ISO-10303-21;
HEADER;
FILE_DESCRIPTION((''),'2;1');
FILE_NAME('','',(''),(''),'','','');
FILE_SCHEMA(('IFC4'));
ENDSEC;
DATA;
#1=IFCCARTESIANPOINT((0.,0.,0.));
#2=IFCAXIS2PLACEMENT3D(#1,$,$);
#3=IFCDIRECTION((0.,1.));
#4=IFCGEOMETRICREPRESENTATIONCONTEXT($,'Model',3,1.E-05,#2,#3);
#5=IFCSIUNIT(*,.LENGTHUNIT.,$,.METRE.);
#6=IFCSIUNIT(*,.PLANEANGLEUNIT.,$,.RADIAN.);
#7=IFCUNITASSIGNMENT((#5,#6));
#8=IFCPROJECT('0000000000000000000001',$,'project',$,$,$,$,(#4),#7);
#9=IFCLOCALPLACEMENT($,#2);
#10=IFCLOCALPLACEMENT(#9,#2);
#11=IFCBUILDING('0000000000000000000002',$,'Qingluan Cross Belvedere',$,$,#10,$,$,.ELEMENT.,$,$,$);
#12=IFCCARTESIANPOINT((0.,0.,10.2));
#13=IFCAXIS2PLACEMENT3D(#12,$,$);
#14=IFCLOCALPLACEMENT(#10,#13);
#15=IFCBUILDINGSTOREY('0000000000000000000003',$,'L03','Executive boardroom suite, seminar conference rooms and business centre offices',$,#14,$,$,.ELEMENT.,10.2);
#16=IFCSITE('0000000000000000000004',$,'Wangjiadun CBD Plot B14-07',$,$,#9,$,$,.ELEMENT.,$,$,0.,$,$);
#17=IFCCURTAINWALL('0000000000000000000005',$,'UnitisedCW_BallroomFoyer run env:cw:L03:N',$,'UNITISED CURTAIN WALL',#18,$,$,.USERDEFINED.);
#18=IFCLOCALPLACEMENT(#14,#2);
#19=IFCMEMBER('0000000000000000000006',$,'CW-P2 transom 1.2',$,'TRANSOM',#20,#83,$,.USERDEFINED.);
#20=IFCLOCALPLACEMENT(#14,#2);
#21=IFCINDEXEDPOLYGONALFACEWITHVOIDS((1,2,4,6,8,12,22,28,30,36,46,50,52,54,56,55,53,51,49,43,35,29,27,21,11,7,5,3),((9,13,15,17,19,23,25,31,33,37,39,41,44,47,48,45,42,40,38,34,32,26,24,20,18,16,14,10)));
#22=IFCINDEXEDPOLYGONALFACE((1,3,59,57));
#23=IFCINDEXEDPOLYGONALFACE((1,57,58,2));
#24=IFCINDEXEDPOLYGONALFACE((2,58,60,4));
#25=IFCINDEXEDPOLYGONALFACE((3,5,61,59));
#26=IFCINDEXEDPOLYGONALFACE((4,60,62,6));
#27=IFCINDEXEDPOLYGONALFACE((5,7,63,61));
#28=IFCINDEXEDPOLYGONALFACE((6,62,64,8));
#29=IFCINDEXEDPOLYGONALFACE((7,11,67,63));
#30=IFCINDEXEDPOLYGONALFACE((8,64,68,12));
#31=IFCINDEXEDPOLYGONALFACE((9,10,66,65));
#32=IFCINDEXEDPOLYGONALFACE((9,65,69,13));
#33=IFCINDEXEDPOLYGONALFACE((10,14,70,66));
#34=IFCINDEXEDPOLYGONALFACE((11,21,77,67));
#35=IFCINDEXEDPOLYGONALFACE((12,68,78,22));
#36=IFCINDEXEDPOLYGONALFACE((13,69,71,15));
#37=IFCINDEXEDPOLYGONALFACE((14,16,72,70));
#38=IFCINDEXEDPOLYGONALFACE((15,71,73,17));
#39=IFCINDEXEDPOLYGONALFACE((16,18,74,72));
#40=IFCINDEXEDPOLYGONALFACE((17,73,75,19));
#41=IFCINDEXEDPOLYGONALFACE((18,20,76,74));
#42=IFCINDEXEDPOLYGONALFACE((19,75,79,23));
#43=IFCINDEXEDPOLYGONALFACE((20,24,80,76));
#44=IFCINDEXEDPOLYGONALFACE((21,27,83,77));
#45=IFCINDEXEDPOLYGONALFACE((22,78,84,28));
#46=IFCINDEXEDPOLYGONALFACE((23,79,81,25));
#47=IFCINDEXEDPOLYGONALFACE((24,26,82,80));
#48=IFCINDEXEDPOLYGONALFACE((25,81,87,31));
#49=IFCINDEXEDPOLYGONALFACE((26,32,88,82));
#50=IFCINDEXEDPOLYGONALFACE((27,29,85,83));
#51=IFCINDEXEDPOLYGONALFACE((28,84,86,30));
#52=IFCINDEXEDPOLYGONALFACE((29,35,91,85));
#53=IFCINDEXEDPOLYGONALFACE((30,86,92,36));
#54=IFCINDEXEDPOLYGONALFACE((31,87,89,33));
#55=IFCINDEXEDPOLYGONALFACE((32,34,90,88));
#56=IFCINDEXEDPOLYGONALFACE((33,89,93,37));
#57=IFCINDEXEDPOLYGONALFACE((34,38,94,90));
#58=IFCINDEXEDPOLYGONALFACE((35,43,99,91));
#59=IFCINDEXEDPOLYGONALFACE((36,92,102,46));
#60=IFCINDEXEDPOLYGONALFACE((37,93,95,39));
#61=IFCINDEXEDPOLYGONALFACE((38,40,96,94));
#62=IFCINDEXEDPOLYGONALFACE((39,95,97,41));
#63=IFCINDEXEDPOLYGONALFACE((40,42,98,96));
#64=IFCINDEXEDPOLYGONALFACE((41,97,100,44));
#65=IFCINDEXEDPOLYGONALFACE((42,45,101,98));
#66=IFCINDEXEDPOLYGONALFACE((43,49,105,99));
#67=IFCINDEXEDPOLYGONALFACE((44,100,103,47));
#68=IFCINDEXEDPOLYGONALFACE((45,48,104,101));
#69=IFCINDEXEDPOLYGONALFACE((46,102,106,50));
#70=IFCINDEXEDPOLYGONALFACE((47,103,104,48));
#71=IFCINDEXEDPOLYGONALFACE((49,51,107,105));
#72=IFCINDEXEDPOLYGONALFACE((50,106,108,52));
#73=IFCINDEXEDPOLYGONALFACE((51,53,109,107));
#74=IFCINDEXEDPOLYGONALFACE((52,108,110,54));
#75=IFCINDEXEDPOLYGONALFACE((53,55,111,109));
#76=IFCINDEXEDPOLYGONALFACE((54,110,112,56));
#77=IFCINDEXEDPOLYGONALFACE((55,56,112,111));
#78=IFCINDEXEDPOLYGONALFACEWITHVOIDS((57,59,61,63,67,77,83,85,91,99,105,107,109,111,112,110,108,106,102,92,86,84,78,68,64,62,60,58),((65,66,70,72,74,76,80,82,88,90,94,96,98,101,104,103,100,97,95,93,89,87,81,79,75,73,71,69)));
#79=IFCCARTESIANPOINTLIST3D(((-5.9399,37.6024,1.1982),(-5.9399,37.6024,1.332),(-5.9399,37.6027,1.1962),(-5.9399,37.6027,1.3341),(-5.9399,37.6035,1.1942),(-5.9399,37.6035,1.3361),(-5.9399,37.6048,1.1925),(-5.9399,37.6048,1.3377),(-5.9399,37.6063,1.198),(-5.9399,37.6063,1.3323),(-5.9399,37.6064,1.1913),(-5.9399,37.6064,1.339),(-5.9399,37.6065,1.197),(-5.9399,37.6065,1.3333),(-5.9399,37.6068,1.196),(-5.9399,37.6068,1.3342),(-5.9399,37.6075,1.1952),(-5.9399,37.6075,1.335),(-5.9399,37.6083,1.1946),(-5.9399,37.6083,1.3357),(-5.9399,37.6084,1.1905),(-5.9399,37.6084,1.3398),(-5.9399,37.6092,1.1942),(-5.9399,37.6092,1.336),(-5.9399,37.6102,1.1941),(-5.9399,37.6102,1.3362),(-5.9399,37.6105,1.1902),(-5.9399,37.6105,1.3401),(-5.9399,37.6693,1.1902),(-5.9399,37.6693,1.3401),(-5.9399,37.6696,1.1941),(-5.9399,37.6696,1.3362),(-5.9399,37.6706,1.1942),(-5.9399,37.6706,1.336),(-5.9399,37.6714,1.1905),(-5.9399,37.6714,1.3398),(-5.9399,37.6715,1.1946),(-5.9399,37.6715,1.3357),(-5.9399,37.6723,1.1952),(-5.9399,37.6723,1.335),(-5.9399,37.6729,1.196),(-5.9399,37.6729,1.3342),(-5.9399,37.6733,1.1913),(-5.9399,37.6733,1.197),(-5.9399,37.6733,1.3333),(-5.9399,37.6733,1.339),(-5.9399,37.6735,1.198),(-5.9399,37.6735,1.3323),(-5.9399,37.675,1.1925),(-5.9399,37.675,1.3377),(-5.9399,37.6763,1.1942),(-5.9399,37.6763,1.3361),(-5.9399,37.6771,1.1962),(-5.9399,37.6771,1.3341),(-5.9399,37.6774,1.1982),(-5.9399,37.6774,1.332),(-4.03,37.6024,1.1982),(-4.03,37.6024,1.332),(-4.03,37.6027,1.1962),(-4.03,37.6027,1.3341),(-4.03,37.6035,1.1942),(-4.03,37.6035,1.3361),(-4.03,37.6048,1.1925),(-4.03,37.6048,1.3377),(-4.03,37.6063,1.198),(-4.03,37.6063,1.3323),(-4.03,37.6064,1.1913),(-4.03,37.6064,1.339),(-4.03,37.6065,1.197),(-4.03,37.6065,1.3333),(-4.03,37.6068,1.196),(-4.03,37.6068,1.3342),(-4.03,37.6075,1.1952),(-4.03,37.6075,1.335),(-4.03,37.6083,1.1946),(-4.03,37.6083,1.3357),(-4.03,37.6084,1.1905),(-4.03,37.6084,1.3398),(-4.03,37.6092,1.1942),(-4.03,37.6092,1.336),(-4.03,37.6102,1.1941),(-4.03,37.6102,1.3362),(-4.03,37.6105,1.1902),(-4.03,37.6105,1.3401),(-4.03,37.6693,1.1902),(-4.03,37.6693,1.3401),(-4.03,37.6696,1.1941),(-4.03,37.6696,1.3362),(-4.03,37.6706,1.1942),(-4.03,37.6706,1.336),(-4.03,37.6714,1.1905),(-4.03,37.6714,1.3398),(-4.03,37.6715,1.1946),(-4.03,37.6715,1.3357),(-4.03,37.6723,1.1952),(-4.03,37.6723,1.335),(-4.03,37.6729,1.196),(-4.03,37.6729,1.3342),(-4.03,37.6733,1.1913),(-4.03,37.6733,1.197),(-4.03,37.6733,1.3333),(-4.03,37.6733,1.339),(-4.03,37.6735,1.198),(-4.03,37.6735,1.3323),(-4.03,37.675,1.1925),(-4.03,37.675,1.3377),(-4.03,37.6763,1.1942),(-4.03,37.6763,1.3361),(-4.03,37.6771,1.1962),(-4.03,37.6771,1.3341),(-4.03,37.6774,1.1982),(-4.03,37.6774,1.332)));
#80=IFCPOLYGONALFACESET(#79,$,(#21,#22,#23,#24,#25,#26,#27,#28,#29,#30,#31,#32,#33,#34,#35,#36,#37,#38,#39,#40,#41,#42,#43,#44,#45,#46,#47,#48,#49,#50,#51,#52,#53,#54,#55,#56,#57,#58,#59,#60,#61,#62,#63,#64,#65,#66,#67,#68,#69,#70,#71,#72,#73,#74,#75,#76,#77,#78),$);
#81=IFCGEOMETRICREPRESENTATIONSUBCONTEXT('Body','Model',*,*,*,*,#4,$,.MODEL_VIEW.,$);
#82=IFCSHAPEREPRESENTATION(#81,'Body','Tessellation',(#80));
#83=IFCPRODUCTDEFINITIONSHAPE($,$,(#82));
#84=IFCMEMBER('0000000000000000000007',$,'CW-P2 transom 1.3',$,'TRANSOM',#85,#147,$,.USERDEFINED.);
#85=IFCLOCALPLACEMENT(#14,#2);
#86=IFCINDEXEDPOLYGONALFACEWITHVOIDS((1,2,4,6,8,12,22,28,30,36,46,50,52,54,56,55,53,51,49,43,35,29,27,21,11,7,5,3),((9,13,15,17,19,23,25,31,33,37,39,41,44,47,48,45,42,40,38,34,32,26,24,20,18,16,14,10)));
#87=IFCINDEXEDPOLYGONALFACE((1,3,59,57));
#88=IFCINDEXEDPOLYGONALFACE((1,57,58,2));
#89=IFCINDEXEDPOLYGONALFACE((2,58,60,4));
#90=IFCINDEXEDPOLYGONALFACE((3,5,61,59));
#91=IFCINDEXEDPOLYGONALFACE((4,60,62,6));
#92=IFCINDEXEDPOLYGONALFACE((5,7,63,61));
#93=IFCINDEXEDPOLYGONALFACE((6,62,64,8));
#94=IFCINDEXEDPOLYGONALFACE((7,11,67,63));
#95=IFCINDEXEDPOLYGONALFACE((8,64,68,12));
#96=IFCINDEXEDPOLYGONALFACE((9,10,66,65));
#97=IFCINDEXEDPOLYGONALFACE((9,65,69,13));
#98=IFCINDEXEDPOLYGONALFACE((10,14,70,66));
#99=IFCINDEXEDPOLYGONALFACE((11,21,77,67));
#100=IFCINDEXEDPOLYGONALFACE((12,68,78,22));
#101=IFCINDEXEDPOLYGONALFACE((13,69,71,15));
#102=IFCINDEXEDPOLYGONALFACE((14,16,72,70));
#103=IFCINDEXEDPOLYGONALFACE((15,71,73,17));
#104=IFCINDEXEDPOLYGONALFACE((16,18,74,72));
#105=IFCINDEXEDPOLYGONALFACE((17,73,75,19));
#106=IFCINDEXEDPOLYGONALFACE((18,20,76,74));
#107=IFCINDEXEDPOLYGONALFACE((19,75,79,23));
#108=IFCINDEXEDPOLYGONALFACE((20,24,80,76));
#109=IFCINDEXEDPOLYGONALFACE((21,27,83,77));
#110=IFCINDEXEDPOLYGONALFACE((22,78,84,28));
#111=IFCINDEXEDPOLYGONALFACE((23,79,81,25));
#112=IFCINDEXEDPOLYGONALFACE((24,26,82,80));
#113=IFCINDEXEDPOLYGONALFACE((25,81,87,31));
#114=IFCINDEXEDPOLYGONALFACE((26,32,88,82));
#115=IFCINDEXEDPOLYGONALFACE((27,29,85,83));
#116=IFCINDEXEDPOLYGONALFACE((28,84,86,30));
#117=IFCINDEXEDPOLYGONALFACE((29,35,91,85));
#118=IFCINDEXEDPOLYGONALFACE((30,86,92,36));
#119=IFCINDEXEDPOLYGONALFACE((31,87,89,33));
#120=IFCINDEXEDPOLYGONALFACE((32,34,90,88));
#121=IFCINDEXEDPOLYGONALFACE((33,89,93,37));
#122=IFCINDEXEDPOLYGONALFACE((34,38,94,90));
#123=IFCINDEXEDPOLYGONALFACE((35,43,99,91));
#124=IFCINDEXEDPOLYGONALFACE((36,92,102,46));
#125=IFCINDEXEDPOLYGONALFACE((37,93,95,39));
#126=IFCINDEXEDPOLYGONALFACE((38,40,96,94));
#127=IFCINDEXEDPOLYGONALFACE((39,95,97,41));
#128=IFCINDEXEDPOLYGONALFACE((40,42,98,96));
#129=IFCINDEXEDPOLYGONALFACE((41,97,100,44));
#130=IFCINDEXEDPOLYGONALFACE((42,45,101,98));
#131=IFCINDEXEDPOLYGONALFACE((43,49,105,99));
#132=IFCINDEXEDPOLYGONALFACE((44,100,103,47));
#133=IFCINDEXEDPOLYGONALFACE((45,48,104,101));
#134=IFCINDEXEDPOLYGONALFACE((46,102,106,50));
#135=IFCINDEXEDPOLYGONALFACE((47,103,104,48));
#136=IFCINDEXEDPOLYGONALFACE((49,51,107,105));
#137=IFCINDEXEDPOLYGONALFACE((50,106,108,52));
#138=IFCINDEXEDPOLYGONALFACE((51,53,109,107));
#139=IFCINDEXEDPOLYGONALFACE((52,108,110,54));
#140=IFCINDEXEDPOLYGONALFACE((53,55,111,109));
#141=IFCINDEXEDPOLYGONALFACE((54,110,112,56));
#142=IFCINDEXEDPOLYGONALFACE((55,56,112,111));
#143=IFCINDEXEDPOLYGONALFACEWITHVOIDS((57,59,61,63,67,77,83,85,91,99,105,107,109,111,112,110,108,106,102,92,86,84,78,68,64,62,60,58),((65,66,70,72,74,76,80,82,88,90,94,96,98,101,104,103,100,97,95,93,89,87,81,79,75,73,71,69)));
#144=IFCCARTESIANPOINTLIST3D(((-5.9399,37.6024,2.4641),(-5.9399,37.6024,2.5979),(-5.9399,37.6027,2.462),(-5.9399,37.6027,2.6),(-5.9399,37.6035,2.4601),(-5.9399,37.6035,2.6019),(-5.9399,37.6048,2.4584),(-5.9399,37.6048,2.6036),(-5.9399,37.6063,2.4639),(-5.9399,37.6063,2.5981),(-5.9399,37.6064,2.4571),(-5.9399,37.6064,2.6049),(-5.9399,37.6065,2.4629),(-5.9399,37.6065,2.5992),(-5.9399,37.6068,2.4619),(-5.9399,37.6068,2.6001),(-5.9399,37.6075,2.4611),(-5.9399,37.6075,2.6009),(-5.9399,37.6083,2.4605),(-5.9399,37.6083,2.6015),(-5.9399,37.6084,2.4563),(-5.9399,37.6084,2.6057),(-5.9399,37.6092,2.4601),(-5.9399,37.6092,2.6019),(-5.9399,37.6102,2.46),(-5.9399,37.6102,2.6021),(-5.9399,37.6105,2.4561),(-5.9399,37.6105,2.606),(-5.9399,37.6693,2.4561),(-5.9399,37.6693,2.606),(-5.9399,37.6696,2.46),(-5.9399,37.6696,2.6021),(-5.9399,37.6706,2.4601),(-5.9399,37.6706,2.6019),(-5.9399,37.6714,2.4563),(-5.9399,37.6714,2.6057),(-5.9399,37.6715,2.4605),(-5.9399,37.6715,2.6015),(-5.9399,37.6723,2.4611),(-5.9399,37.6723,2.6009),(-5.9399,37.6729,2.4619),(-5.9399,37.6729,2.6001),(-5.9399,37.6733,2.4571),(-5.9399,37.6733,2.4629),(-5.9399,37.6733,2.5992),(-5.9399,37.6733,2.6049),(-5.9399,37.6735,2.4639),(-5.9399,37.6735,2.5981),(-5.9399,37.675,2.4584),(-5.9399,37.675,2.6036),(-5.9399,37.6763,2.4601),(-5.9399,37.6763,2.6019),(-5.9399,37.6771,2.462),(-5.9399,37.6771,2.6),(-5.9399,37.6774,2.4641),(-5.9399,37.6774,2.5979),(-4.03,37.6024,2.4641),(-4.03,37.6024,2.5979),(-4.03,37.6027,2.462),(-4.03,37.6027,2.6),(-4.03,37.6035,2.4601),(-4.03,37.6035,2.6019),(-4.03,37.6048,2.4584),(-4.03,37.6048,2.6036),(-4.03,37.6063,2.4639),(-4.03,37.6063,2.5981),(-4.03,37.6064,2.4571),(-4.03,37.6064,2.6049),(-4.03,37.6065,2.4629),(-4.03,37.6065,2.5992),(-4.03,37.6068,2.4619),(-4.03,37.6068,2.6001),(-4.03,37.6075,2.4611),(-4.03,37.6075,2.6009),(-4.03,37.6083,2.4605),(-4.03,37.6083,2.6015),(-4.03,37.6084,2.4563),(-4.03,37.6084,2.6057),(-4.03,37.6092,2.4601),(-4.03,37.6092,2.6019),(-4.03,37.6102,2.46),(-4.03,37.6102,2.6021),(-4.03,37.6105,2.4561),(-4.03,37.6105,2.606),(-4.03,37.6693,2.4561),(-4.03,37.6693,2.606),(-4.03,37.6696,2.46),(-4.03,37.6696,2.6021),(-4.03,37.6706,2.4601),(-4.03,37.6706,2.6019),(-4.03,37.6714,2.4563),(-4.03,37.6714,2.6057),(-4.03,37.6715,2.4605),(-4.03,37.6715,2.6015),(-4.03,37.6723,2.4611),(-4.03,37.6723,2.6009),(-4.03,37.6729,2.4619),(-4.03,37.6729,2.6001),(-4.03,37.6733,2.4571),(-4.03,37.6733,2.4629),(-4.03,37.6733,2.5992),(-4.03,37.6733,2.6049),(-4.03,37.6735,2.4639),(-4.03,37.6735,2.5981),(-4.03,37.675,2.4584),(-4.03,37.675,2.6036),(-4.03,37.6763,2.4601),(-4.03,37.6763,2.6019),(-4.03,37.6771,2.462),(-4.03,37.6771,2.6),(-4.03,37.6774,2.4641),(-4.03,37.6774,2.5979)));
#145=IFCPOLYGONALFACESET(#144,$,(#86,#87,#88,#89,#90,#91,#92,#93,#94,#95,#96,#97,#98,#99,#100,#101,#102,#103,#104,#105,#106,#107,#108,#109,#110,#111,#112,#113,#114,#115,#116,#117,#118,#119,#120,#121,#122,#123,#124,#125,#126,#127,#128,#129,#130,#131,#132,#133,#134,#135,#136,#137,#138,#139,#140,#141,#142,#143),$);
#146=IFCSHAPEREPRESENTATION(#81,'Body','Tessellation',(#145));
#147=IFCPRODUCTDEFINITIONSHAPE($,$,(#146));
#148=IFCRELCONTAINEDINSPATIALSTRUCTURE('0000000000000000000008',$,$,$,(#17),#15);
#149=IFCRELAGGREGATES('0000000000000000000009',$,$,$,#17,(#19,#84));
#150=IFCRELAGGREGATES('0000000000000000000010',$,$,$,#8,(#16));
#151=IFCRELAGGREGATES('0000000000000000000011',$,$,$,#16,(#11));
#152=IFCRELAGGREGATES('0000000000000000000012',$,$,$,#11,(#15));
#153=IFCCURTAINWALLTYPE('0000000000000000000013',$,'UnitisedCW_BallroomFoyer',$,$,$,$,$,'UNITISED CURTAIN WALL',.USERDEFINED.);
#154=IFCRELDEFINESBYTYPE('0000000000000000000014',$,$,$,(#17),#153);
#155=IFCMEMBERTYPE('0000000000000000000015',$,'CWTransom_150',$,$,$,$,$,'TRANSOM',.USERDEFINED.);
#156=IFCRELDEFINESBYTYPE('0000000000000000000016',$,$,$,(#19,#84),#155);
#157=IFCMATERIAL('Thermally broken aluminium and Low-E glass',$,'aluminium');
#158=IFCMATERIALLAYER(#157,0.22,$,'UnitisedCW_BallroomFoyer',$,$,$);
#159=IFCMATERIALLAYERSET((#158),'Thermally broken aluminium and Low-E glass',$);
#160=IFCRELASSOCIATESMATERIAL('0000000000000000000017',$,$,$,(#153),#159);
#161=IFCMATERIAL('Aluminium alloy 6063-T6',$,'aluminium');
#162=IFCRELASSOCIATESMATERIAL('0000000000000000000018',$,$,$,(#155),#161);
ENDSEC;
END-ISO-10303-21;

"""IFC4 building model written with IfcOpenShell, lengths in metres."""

from ifc_helpers import new_model, si_unit, direction, frame, origin, origin_2d, place, context, subcontext, project, spatial, hollow_rectangle, extrude, material, layer, layer_set, material_profile, profile_set, type_object, element, aggregate, save


model = new_model("IFC4")

# Units and contexts
model_context = context("Model", 3, precision=1e-05, world=origin(), true_north=direction((0.0, 1.0)))
body_context = subcontext(model_context, "Body", "Model", "MODEL_VIEW")
ifc_project = project(units=[si_unit("LENGTHUNIT", "METRE"), si_unit("PLANEANGLEUNIT", "RADIAN")], contexts=[model_context])

# Site, building, storey
site_placement = place(None, origin())
site = spatial("IfcSite", under=ifc_project, at=site_placement, Name="Wangjiadun CBD Plot B14-07", CompositionType="ELEMENT", RefElevation=0.0)
building_placement = place(site_placement, origin())
building = spatial("IfcBuilding", under=site, at=building_placement, Name="Qingluan Cross Belvedere", CompositionType="ELEMENT")
storey_placement = place(building_placement, frame((0.0, 0.0, 10.2)))
storey = spatial("IfcBuildingStorey", under=building, at=storey_placement, Name="L03", Description="Executive boardroom suite, seminar conference rooms and business centre offices", CompositionType="ELEMENT", Elevation=10.2)

# Curtain wall, members
ifc_material_1 = material(Name="Thermally broken aluminium and Low-E glass", Category="aluminium")
ifc_layer_1 = layer(ifc_material_1, 0.22, Name="UnitisedCW_BallroomFoyer")
ifc_layer_set_1 = layer_set([ifc_layer_1], Name="Thermally broken aluminium and Low-E glass")
curtain_wall_type = type_object("IfcCurtainWallType", Name="UnitisedCW_BallroomFoyer", ElementType="UNITISED CURTAIN WALL", PredefinedType="USERDEFINED", material=ifc_layer_set_1)
curtain_wall_placement = place(storey_placement, origin())
curtain_wall = element("IfcCurtainWall", 1, at=curtain_wall_placement, inside=storey, type_object=curtain_wall_type, Name="UnitisedCW_BallroomFoyer run env:cw:L03:N", ObjectType="UNITISED CURTAIN WALL", PredefinedType="USERDEFINED")
ifc_material_2 = material(Name="Aluminium alloy 6063-T6", Category="aluminium")
ifc_material_profile_1 = material_profile(ifc_material_2, hollow_rectangle(XDim=0.075, YDim=0.1499, WallThickness=0.0039, InnerFilletRadius=0.0039, OuterFilletRadius=0.0081, at=origin_2d()), Name="CWT150x75x4")
ifc_profile_set_1 = profile_set([ifc_material_profile_1], Name="Aluminium alloy 6063-T6")
member_type_1 = type_object("IfcMemberType", Name="CWTransom_150", ElementType="TRANSOM", PredefinedType="USERDEFINED", material=ifc_profile_set_1)
member_1_placement = place(storey_placement, frame((-5.9399, 37.6399, 1.2651), z_axis=(1.0, 0.0, 0.0), x_axis=(0.0, 1.0, 0.0)))
member_1 = element("IfcMember", 2, at=member_1_placement, type_object=member_type_1, Name="CW-P2 transom 1.2", ObjectType="TRANSOM", PredefinedType="USERDEFINED", context=body_context, shape_type="SweptSolid", body=[
    extrude(hollow_rectangle(XDim=0.075, YDim=0.1499, WallThickness=0.0039, InnerFilletRadius=0.0039, OuterFilletRadius=0.0081, at=origin_2d()), origin(), (0.0, 0.0, 1.0), 1.9099),
])
member_2_placement = place(storey_placement, frame((-5.9399, 37.6399, 2.531), z_axis=(1.0, 0.0, 0.0), x_axis=(0.0, 1.0, 0.0)))
member_2 = element("IfcMember", 3, at=member_2_placement, type_object=member_type_1, Name="CW-P2 transom 1.3", ObjectType="TRANSOM", PredefinedType="USERDEFINED", context=body_context, shape_type="SweptSolid", body=[
    extrude(hollow_rectangle(XDim=0.075, YDim=0.1499, WallThickness=0.0039, InnerFilletRadius=0.0039, OuterFilletRadius=0.0081, at=origin_2d()), origin(), (0.0, 0.0, 1.0), 1.9099),
])

aggregate(curtain_wall, [member_1, member_2])

save(model, "model.ifc")
